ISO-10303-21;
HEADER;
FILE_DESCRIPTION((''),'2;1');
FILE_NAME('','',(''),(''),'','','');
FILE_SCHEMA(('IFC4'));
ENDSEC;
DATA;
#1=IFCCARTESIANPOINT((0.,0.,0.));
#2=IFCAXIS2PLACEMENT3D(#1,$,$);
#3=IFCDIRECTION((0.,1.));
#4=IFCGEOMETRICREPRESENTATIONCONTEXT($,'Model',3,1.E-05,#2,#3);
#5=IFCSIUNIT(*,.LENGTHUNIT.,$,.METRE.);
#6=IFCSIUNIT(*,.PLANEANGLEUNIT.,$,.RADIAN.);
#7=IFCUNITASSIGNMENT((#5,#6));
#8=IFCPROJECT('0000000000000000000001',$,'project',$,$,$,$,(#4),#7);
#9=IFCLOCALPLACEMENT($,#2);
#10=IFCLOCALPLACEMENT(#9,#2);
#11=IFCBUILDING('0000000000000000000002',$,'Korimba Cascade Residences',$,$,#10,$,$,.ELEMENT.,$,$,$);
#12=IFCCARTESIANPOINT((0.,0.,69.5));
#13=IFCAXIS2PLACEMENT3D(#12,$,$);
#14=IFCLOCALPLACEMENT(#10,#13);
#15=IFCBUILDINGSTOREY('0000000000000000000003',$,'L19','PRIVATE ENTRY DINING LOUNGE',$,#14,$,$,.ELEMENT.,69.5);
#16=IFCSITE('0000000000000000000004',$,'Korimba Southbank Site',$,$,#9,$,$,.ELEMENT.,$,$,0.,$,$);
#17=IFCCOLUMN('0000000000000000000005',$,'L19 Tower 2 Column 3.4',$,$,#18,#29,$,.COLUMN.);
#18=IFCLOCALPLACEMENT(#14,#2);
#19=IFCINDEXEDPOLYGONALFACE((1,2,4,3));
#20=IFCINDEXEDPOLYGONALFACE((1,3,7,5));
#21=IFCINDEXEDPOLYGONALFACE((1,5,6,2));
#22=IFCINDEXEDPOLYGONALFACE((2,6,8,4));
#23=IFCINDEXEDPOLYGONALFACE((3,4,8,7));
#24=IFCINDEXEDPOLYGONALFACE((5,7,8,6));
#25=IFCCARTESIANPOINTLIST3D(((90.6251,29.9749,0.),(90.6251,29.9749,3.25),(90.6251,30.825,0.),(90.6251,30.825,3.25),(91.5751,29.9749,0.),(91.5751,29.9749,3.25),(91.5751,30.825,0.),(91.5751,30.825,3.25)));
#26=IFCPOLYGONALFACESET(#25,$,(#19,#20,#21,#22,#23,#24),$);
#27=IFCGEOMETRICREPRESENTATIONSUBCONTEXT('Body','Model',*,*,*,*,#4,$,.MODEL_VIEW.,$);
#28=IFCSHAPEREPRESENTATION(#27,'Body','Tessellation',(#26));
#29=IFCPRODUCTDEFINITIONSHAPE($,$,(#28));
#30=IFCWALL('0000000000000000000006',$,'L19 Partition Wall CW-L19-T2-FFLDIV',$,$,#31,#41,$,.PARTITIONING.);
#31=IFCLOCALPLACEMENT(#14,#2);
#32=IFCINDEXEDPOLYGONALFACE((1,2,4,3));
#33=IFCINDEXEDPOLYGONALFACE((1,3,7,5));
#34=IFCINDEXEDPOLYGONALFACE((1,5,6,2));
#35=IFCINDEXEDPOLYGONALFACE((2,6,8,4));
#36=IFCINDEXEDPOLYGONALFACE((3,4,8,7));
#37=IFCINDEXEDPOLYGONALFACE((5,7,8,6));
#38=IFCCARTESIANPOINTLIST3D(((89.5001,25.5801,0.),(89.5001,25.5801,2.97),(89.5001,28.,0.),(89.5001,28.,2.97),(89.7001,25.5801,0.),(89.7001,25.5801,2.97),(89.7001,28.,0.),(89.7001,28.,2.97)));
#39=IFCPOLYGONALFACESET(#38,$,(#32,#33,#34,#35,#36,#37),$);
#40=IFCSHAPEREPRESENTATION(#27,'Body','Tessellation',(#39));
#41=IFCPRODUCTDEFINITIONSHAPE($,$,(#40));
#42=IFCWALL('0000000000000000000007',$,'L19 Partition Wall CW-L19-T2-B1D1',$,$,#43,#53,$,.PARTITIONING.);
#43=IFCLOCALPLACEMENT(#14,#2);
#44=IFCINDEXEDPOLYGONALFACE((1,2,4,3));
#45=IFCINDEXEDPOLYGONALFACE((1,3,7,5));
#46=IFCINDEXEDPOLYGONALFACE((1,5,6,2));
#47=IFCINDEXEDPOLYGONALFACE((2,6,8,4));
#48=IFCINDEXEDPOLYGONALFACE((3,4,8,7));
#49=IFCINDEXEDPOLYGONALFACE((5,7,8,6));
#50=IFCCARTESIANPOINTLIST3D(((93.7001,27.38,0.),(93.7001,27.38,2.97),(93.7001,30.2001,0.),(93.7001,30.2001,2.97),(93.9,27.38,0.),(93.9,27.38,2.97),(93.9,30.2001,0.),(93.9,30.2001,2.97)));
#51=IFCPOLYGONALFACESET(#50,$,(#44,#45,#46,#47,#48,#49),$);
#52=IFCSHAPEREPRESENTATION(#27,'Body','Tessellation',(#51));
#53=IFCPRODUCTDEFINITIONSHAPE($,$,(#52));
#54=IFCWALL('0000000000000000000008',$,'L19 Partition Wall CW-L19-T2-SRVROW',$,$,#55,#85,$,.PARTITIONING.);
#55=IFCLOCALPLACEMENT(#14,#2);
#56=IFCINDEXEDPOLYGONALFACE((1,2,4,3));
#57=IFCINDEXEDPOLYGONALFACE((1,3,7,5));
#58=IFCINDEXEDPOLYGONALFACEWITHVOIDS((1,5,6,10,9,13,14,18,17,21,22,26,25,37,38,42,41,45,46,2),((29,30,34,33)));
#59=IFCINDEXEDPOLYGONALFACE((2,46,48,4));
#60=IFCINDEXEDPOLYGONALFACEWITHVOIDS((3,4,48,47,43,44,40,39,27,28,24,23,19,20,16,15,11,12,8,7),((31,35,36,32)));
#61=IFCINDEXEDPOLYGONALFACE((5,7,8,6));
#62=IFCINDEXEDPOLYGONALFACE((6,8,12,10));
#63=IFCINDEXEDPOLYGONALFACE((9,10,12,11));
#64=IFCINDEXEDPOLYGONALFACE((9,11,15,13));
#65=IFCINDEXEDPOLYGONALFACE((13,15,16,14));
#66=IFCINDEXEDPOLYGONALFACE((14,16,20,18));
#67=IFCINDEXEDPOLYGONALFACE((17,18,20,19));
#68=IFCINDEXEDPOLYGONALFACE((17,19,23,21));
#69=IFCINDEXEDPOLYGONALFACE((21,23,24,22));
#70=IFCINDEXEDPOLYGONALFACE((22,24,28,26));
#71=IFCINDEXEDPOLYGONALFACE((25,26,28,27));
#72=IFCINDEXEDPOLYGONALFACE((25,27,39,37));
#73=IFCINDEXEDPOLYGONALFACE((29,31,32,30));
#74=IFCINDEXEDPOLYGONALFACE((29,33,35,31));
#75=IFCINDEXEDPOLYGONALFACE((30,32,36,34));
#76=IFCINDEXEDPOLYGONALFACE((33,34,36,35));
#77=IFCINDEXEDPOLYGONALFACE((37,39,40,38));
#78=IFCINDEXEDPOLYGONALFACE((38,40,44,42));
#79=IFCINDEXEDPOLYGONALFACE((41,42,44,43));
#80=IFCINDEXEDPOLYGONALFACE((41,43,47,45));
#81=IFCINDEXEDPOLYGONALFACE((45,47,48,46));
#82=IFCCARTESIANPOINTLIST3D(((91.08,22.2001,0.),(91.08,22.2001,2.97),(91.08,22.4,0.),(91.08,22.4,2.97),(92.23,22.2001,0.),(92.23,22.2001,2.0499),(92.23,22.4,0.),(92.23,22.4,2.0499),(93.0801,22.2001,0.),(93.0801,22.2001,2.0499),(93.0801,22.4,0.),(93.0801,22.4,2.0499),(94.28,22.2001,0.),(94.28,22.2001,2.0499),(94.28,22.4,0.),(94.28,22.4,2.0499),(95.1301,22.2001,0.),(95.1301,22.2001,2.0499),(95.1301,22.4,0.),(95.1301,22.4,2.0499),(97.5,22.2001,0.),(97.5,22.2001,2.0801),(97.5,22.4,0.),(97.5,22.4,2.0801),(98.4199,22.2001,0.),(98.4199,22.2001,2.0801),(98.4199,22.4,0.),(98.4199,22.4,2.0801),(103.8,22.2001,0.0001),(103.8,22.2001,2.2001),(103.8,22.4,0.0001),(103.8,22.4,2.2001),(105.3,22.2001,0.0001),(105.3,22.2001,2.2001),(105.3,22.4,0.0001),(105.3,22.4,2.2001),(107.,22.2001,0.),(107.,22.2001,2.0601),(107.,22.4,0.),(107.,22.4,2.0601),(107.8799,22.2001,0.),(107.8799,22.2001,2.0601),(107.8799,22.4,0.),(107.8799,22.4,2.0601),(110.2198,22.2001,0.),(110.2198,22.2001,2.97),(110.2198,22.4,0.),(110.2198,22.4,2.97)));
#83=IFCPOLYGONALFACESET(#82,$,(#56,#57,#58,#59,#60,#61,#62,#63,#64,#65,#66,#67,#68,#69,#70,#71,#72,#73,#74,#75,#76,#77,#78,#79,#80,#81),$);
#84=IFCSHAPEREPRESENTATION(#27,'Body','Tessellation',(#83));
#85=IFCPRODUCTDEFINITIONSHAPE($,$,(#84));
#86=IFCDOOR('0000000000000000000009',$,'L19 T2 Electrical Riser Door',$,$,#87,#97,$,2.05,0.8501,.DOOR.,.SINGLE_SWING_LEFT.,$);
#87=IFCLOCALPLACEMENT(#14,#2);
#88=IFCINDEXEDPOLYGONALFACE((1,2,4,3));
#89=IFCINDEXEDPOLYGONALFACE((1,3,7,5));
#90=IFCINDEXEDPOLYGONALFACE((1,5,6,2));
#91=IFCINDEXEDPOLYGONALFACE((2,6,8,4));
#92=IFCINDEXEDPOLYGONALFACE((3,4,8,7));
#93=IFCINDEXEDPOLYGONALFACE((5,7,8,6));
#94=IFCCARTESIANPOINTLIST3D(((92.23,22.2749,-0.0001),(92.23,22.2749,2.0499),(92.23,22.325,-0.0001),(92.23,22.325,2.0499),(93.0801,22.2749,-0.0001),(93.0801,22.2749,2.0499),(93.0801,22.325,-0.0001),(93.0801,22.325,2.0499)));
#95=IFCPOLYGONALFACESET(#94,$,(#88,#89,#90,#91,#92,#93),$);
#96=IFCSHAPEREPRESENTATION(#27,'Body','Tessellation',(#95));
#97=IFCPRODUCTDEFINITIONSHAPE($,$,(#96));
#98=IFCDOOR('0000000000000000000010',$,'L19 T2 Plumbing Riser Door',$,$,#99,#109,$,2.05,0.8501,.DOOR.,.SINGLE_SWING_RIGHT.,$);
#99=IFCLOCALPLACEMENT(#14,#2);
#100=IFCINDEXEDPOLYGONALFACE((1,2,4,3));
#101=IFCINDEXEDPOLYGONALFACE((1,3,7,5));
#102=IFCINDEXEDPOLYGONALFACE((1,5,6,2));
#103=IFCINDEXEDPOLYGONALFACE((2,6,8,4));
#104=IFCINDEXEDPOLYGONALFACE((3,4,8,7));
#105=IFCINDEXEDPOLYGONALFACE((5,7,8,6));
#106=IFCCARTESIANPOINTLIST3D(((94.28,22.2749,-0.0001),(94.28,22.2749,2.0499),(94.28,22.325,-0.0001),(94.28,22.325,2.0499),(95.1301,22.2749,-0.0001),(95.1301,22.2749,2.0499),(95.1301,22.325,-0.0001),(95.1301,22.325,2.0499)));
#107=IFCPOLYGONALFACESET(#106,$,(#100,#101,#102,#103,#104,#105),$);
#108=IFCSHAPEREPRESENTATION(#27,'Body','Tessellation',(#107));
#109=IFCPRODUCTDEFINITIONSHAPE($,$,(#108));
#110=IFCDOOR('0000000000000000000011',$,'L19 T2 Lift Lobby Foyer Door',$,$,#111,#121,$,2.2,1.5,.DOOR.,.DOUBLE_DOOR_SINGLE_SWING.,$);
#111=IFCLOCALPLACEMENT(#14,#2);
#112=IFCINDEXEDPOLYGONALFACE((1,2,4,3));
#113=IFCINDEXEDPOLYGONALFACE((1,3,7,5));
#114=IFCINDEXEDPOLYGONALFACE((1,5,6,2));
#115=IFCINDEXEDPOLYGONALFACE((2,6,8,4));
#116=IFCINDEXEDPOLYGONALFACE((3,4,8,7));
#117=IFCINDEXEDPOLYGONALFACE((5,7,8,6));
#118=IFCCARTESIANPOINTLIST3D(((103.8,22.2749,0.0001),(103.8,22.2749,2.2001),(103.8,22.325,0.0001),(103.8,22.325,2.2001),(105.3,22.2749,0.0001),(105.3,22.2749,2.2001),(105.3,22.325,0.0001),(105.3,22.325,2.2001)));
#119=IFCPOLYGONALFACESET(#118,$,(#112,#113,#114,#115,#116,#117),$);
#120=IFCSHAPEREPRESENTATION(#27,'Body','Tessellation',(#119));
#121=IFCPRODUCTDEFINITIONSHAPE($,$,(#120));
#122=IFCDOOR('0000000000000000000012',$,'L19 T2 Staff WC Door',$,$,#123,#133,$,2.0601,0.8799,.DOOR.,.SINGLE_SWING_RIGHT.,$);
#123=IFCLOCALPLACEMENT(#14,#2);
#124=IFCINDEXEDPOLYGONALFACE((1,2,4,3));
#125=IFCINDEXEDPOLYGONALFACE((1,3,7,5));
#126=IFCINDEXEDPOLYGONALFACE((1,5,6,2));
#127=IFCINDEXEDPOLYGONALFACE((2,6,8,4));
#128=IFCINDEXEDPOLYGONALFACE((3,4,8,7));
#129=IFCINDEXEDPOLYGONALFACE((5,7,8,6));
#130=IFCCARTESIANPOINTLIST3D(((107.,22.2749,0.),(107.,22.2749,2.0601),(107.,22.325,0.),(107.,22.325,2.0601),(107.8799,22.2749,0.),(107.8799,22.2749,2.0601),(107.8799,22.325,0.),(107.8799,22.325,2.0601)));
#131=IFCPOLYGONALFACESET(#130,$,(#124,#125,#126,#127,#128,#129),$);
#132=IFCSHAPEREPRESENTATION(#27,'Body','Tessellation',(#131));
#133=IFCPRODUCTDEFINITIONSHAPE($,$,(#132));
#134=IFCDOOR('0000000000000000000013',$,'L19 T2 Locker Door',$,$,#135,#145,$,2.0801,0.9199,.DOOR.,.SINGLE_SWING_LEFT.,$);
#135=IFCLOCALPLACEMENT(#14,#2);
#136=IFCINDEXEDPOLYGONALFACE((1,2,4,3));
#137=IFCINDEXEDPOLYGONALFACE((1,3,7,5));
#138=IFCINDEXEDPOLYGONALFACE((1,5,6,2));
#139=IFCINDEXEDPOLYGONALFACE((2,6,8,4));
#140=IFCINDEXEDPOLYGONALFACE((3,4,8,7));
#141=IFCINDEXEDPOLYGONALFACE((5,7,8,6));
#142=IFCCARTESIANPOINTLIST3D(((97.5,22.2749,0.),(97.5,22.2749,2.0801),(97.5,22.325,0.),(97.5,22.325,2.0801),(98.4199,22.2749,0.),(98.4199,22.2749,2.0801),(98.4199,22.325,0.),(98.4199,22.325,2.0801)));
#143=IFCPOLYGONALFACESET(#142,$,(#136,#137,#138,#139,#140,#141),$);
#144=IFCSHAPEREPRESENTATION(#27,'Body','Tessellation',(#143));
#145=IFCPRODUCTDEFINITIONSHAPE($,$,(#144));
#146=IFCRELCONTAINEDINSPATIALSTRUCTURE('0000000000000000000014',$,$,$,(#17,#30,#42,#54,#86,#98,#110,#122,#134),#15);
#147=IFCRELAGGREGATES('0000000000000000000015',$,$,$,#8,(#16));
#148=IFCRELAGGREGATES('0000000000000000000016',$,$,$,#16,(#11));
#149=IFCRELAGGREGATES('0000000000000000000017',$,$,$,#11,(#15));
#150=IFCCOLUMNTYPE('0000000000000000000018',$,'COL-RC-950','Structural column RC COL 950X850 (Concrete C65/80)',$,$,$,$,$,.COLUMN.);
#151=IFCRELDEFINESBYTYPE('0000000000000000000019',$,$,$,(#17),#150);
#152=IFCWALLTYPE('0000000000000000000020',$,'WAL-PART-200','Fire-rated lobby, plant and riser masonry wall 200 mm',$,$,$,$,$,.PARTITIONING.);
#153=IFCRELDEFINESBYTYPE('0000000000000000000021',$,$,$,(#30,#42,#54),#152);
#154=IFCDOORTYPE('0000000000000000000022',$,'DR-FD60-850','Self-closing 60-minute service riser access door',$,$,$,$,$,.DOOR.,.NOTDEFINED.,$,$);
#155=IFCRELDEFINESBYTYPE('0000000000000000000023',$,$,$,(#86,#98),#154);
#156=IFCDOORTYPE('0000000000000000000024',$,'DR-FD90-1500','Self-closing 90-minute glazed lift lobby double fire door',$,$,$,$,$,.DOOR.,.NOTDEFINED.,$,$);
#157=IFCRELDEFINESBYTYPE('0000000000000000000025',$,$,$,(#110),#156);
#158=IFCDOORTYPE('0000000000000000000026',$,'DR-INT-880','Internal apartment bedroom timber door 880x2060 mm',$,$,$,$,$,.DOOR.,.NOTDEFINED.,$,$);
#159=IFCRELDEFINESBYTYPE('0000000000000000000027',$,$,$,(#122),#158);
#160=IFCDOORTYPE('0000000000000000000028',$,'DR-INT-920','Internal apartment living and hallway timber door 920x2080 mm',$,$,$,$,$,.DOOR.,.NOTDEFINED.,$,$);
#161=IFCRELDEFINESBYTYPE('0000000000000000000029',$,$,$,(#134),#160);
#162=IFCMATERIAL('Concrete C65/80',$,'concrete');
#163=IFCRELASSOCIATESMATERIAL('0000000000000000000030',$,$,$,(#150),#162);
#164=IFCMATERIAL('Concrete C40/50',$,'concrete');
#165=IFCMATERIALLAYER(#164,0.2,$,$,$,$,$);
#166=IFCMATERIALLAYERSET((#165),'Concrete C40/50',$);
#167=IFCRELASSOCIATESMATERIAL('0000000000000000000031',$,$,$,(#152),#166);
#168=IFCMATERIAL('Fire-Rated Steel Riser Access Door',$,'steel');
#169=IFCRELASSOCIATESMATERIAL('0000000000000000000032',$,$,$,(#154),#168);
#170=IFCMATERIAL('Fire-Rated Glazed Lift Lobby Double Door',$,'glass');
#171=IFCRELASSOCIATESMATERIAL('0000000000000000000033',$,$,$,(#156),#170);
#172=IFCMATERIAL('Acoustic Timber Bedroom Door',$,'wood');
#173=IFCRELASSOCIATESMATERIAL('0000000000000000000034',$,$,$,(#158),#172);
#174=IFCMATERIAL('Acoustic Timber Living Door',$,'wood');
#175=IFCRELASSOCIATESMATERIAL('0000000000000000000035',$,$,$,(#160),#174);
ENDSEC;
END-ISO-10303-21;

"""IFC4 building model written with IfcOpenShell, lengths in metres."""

from ifc_helpers import new_model, si_unit, direction, frame, frame_2d, origin, origin_2d, place, context, subcontext, project, spatial, rectangle, extrude, material, layer, layer_set, material_profile, profile_set, type_object, element, fill, save


model = new_model("IFC4")

# Units and contexts
model_context = context("Model", 3, precision=1e-05, world=origin(), true_north=direction((0.0, 1.0)))
body_context = subcontext(model_context, "Body", "Model", "MODEL_VIEW")
ifc_project = project(units=[si_unit("LENGTHUNIT", "METRE"), si_unit("PLANEANGLEUNIT", "RADIAN")], contexts=[model_context])

# Site, building, storey
site_placement = place(None, origin())
site = spatial("IfcSite", under=ifc_project, at=site_placement, Name="Korimba Southbank Site", CompositionType="ELEMENT", RefElevation=0.0)
building_placement = place(site_placement, origin())
building = spatial("IfcBuilding", under=site, at=building_placement, Name="Korimba Cascade Residences", CompositionType="ELEMENT")
storey_placement = place(building_placement, frame((0.0, 0.0, 69.5)))
storey = spatial("IfcBuildingStorey", under=building, at=storey_placement, Name="L19", Description="PRIVATE ENTRY DINING LOUNGE", CompositionType="ELEMENT", Elevation=69.5)

# Column
ifc_material_1 = material(Name="Concrete C65/80", Category="concrete")
ifc_material_profile = material_profile(ifc_material_1, rectangle(XDim=0.95, YDim=0.8501, at=origin_2d()), Name="Concrete C65/80")
ifc_profile_set = profile_set([ifc_material_profile], Name="Concrete C65/80")
column_type = type_object("IfcColumnType", Name="COL-RC-950", Description="Structural column RC COL 950X850 (Concrete C65/80)", PredefinedType="COLUMN", material=ifc_profile_set)
column_placement = place(storey_placement, frame((91.1001, 30.3999, 0.0), z_axis=(0.0, 0.0, 1.0), x_axis=(1.0, 0.0, 0.0)))
element("IfcColumn", 1, at=column_placement, inside=storey, type_object=column_type, Name="L19 Tower 2 Column 3.4", PredefinedType="COLUMN", context=body_context, shape_type="SweptSolid", body=[
    extrude(rectangle(XDim=0.95, YDim=0.8501, at=origin_2d()), origin(), (0.0, 0.0, 1.0), 3.25),
])

# Walls
ifc_material_2 = material(Name="Concrete C40/50", Category="concrete")
ifc_layer_1 = layer(ifc_material_2, 0.2)
ifc_layer_set_1 = layer_set([ifc_layer_1], Name="Concrete C40/50")
wall_type_1 = type_object("IfcWallType", Name="WAL-PART-200", Description="Fire-rated lobby, plant and riser masonry wall 200 mm", PredefinedType="PARTITIONING", material=ifc_layer_set_1)
wall_1_placement = place(storey_placement, frame((89.6001, 25.5801, 0.0), z_axis=(0.0, 0.0, 1.0), x_axis=(0.0, 1.0, 0.0)))
element("IfcWall", 2, at=wall_1_placement, inside=storey, type_object=wall_type_1, Name="L19 Partition Wall CW-L19-T2-FFLDIV", PredefinedType="PARTITIONING", context=body_context, shape_type="SweptSolid", body=[
    extrude(rectangle(XDim=2.4199, YDim=0.2, at=frame_2d((1.21, 0.0))), origin(), (0.0, 0.0, 1.0), 2.97),
])
wall_2_placement = place(storey_placement, frame((93.8, 27.3799, 0.0), z_axis=(0.0, 0.0, 1.0), x_axis=(0.0, 1.0, 0.0)))
element("IfcWall", 3, at=wall_2_placement, inside=storey, type_object=wall_type_1, Name="L19 Partition Wall CW-L19-T2-B1D1", PredefinedType="PARTITIONING", context=body_context, shape_type="SweptSolid", body=[
    extrude(rectangle(XDim=2.8201, YDim=0.2, at=frame_2d((1.4102, 0.0))), origin(), (0.0, 0.0, 1.0), 2.97),
])

# Wall, openings, doors
wall_3_placement = place(storey_placement, frame((91.0801, 22.3, 0.0), z_axis=(0.0, 0.0, 1.0), x_axis=(1.0, 0.0, 0.0)))
wall_3 = element("IfcWall", 4, at=wall_3_placement, inside=storey, type_object=wall_type_1, Name="L19 Partition Wall CW-L19-T2-SRVROW", PredefinedType="PARTITIONING", context=body_context, shape_type="SweptSolid", body=[
    extrude(rectangle(XDim=19.1399, YDim=0.2, at=frame_2d((9.5698, 0.0))), origin(), (0.0, 0.0, 1.0), 2.97),
])
opening_1_placement = place(wall_3_placement, frame((1.1499, 0.0, 0.0)))
opening_1 = element("IfcOpeningElement", 5, at=opening_1_placement, cuts=wall_3, PredefinedType="OPENING", context=body_context, shape_type="SweptSolid", body=[
    extrude(rectangle(XDim=0.8501, YDim=2.05, at=frame_2d((0.425, 1.0249))), frame((0.0, 0.1099, 0.0), z_axis=(0.0, -1.0, 0.0), x_axis=(1.0, 0.0, 0.0)), (0.0, 0.0, 1.0), 0.22),
])
opening_2_placement = place(wall_3_placement, frame((3.2, 0.0, 0.0)))
opening_2 = element("IfcOpeningElement", 6, at=opening_2_placement, cuts=wall_3, PredefinedType="OPENING", context=body_context, shape_type="SweptSolid", body=[
    extrude(rectangle(XDim=0.8501, YDim=2.05, at=frame_2d((0.425, 1.0249))), frame((0.0, 0.1099, 0.0), z_axis=(0.0, -1.0, 0.0), x_axis=(1.0, 0.0, 0.0)), (0.0, 0.0, 1.0), 0.22),
])
opening_3_placement = place(wall_3_placement, frame((12.72, 0.0, 0.0)))
opening_3 = element("IfcOpeningElement", 7, at=opening_3_placement, cuts=wall_3, PredefinedType="OPENING", context=body_context, shape_type="SweptSolid", body=[
    extrude(rectangle(XDim=1.5, YDim=2.2, at=frame_2d((0.75, 1.1001))), frame((0.0, 0.1099, 0.0), z_axis=(0.0, -1.0, 0.0), x_axis=(1.0, 0.0, 0.0)), (0.0, 0.0, 1.0), 0.22),
])
opening_4_placement = place(wall_3_placement, frame((6.4199, 0.0, 0.0)))
opening_4 = element("IfcOpeningElement", 8, at=opening_4_placement, cuts=wall_3, PredefinedType="OPENING", context=body_context, shape_type="SweptSolid", body=[
    extrude(rectangle(XDim=0.9199, YDim=2.0801, at=frame_2d((0.46, 1.04))), frame((0.0, 0.1099, 0.0), z_axis=(0.0, -1.0, 0.0), x_axis=(1.0, 0.0, 0.0)), (0.0, 0.0, 1.0), 0.22),
])
opening_5_placement = place(wall_3_placement, frame((15.9199, 0.0, 0.0)))
opening_5 = element("IfcOpeningElement", 9, at=opening_5_placement, cuts=wall_3, PredefinedType="OPENING", context=body_context, shape_type="SweptSolid", body=[
    extrude(rectangle(XDim=0.8799, YDim=2.0601, at=frame_2d((0.4399, 1.03))), frame((0.0, 0.1099, 0.0), z_axis=(0.0, -1.0, 0.0), x_axis=(1.0, 0.0, 0.0)), (0.0, 0.0, 1.0), 0.22),
])
ifc_material_3 = material(Name="Fire-Rated Steel Riser Access Door", Category="steel")
door_type_1 = type_object("IfcDoorType", Name="DR-FD60-850", Description="Self-closing 60-minute service riser access door", OperationType="NOTDEFINED", PredefinedType="DOOR", material=ifc_material_3)
door_1_placement = place(opening_1_placement, origin())
door_1 = element("IfcDoor", 10, at=door_1_placement, inside=storey, type_object=door_type_1, Name="L19 T2 Electrical Riser Door", OperationType="SINGLE_SWING_LEFT", OverallHeight=2.05, OverallWidth=0.8501, PredefinedType="DOOR", context=body_context, shape_type="SweptSolid", body=[
    extrude(rectangle(XDim=0.8501, YDim=2.05, at=frame_2d((0.425, 1.0249))), frame((0.0, 0.0249, 0.0), z_axis=(0.0, -1.0, 0.0), x_axis=(1.0, 0.0, 0.0)), (0.0, 0.0, 1.0), 0.05),
])
fill(opening_1, door_1)
door_2_placement = place(opening_2_placement, origin())
door_2 = element("IfcDoor", 11, at=door_2_placement, inside=storey, type_object=door_type_1, Name="L19 T2 Plumbing Riser Door", OperationType="SINGLE_SWING_RIGHT", OverallHeight=2.05, OverallWidth=0.8501, PredefinedType="DOOR", context=body_context, shape_type="SweptSolid", body=[
    extrude(rectangle(XDim=0.8501, YDim=2.05, at=frame_2d((0.425, 1.0249))), frame((0.0, 0.0249, 0.0), z_axis=(0.0, -1.0, 0.0), x_axis=(1.0, 0.0, 0.0)), (0.0, 0.0, 1.0), 0.05),
])
fill(opening_2, door_2)
ifc_material_4 = material(Name="Fire-Rated Glazed Lift Lobby Double Door", Category="glass")
door_type_2 = type_object("IfcDoorType", Name="DR-FD90-1500", Description="Self-closing 90-minute glazed lift lobby double fire door", OperationType="NOTDEFINED", PredefinedType="DOOR", material=ifc_material_4)
door_3_placement = place(opening_3_placement, origin())
door_3 = element("IfcDoor", 12, at=door_3_placement, inside=storey, type_object=door_type_2, Name="L19 T2 Lift Lobby Foyer Door", OperationType="DOUBLE_DOOR_SINGLE_SWING", OverallHeight=2.2, OverallWidth=1.5, PredefinedType="DOOR", context=body_context, shape_type="SweptSolid", body=[
    extrude(rectangle(XDim=1.5, YDim=2.2, at=frame_2d((0.75, 1.1001))), frame((0.0, 0.0249, 0.0), z_axis=(0.0, -1.0, 0.0), x_axis=(1.0, 0.0, 0.0)), (0.0, 0.0, 1.0), 0.05),
])
fill(opening_3, door_3)
ifc_material_5 = material(Name="Acoustic Timber Bedroom Door", Category="wood")
door_type_3 = type_object("IfcDoorType", Name="DR-INT-880", Description="Internal apartment bedroom timber door 880x2060 mm", OperationType="NOTDEFINED", PredefinedType="DOOR", material=ifc_material_5)
door_4_placement = place(opening_5_placement, origin())
door_4 = element("IfcDoor", 13, at=door_4_placement, inside=storey, type_object=door_type_3, Name="L19 T2 Staff WC Door", OperationType="SINGLE_SWING_RIGHT", OverallHeight=2.0601, OverallWidth=0.8799, PredefinedType="DOOR", context=body_context, shape_type="SweptSolid", body=[
    extrude(rectangle(XDim=0.8799, YDim=2.0601, at=frame_2d((0.4399, 1.03))), frame((0.0, 0.0249, 0.0), z_axis=(0.0, -1.0, 0.0), x_axis=(1.0, 0.0, 0.0)), (0.0, 0.0, 1.0), 0.05),
])
fill(opening_5, door_4)
ifc_material_6 = material(Name="Acoustic Timber Living Door", Category="wood")
door_type_4 = type_object("IfcDoorType", Name="DR-INT-920", Description="Internal apartment living and hallway timber door 920x2080 mm", OperationType="NOTDEFINED", PredefinedType="DOOR", material=ifc_material_6)
door_5_placement = place(opening_4_placement, origin())
door_5 = element("IfcDoor", 14, at=door_5_placement, inside=storey, type_object=door_type_4, Name="L19 T2 Locker Door", OperationType="SINGLE_SWING_LEFT", OverallHeight=2.0801, OverallWidth=0.9199, PredefinedType="DOOR", context=body_context, shape_type="SweptSolid", body=[
    extrude(rectangle(XDim=0.9199, YDim=2.0801, at=frame_2d((0.46, 1.04))), frame((0.0, 0.0249, 0.0), z_axis=(0.0, -1.0, 0.0), x_axis=(1.0, 0.0, 0.0)), (0.0, 0.0, 1.0), 0.05),
])
fill(opening_4, door_5)

save(model, "model.ifc")
